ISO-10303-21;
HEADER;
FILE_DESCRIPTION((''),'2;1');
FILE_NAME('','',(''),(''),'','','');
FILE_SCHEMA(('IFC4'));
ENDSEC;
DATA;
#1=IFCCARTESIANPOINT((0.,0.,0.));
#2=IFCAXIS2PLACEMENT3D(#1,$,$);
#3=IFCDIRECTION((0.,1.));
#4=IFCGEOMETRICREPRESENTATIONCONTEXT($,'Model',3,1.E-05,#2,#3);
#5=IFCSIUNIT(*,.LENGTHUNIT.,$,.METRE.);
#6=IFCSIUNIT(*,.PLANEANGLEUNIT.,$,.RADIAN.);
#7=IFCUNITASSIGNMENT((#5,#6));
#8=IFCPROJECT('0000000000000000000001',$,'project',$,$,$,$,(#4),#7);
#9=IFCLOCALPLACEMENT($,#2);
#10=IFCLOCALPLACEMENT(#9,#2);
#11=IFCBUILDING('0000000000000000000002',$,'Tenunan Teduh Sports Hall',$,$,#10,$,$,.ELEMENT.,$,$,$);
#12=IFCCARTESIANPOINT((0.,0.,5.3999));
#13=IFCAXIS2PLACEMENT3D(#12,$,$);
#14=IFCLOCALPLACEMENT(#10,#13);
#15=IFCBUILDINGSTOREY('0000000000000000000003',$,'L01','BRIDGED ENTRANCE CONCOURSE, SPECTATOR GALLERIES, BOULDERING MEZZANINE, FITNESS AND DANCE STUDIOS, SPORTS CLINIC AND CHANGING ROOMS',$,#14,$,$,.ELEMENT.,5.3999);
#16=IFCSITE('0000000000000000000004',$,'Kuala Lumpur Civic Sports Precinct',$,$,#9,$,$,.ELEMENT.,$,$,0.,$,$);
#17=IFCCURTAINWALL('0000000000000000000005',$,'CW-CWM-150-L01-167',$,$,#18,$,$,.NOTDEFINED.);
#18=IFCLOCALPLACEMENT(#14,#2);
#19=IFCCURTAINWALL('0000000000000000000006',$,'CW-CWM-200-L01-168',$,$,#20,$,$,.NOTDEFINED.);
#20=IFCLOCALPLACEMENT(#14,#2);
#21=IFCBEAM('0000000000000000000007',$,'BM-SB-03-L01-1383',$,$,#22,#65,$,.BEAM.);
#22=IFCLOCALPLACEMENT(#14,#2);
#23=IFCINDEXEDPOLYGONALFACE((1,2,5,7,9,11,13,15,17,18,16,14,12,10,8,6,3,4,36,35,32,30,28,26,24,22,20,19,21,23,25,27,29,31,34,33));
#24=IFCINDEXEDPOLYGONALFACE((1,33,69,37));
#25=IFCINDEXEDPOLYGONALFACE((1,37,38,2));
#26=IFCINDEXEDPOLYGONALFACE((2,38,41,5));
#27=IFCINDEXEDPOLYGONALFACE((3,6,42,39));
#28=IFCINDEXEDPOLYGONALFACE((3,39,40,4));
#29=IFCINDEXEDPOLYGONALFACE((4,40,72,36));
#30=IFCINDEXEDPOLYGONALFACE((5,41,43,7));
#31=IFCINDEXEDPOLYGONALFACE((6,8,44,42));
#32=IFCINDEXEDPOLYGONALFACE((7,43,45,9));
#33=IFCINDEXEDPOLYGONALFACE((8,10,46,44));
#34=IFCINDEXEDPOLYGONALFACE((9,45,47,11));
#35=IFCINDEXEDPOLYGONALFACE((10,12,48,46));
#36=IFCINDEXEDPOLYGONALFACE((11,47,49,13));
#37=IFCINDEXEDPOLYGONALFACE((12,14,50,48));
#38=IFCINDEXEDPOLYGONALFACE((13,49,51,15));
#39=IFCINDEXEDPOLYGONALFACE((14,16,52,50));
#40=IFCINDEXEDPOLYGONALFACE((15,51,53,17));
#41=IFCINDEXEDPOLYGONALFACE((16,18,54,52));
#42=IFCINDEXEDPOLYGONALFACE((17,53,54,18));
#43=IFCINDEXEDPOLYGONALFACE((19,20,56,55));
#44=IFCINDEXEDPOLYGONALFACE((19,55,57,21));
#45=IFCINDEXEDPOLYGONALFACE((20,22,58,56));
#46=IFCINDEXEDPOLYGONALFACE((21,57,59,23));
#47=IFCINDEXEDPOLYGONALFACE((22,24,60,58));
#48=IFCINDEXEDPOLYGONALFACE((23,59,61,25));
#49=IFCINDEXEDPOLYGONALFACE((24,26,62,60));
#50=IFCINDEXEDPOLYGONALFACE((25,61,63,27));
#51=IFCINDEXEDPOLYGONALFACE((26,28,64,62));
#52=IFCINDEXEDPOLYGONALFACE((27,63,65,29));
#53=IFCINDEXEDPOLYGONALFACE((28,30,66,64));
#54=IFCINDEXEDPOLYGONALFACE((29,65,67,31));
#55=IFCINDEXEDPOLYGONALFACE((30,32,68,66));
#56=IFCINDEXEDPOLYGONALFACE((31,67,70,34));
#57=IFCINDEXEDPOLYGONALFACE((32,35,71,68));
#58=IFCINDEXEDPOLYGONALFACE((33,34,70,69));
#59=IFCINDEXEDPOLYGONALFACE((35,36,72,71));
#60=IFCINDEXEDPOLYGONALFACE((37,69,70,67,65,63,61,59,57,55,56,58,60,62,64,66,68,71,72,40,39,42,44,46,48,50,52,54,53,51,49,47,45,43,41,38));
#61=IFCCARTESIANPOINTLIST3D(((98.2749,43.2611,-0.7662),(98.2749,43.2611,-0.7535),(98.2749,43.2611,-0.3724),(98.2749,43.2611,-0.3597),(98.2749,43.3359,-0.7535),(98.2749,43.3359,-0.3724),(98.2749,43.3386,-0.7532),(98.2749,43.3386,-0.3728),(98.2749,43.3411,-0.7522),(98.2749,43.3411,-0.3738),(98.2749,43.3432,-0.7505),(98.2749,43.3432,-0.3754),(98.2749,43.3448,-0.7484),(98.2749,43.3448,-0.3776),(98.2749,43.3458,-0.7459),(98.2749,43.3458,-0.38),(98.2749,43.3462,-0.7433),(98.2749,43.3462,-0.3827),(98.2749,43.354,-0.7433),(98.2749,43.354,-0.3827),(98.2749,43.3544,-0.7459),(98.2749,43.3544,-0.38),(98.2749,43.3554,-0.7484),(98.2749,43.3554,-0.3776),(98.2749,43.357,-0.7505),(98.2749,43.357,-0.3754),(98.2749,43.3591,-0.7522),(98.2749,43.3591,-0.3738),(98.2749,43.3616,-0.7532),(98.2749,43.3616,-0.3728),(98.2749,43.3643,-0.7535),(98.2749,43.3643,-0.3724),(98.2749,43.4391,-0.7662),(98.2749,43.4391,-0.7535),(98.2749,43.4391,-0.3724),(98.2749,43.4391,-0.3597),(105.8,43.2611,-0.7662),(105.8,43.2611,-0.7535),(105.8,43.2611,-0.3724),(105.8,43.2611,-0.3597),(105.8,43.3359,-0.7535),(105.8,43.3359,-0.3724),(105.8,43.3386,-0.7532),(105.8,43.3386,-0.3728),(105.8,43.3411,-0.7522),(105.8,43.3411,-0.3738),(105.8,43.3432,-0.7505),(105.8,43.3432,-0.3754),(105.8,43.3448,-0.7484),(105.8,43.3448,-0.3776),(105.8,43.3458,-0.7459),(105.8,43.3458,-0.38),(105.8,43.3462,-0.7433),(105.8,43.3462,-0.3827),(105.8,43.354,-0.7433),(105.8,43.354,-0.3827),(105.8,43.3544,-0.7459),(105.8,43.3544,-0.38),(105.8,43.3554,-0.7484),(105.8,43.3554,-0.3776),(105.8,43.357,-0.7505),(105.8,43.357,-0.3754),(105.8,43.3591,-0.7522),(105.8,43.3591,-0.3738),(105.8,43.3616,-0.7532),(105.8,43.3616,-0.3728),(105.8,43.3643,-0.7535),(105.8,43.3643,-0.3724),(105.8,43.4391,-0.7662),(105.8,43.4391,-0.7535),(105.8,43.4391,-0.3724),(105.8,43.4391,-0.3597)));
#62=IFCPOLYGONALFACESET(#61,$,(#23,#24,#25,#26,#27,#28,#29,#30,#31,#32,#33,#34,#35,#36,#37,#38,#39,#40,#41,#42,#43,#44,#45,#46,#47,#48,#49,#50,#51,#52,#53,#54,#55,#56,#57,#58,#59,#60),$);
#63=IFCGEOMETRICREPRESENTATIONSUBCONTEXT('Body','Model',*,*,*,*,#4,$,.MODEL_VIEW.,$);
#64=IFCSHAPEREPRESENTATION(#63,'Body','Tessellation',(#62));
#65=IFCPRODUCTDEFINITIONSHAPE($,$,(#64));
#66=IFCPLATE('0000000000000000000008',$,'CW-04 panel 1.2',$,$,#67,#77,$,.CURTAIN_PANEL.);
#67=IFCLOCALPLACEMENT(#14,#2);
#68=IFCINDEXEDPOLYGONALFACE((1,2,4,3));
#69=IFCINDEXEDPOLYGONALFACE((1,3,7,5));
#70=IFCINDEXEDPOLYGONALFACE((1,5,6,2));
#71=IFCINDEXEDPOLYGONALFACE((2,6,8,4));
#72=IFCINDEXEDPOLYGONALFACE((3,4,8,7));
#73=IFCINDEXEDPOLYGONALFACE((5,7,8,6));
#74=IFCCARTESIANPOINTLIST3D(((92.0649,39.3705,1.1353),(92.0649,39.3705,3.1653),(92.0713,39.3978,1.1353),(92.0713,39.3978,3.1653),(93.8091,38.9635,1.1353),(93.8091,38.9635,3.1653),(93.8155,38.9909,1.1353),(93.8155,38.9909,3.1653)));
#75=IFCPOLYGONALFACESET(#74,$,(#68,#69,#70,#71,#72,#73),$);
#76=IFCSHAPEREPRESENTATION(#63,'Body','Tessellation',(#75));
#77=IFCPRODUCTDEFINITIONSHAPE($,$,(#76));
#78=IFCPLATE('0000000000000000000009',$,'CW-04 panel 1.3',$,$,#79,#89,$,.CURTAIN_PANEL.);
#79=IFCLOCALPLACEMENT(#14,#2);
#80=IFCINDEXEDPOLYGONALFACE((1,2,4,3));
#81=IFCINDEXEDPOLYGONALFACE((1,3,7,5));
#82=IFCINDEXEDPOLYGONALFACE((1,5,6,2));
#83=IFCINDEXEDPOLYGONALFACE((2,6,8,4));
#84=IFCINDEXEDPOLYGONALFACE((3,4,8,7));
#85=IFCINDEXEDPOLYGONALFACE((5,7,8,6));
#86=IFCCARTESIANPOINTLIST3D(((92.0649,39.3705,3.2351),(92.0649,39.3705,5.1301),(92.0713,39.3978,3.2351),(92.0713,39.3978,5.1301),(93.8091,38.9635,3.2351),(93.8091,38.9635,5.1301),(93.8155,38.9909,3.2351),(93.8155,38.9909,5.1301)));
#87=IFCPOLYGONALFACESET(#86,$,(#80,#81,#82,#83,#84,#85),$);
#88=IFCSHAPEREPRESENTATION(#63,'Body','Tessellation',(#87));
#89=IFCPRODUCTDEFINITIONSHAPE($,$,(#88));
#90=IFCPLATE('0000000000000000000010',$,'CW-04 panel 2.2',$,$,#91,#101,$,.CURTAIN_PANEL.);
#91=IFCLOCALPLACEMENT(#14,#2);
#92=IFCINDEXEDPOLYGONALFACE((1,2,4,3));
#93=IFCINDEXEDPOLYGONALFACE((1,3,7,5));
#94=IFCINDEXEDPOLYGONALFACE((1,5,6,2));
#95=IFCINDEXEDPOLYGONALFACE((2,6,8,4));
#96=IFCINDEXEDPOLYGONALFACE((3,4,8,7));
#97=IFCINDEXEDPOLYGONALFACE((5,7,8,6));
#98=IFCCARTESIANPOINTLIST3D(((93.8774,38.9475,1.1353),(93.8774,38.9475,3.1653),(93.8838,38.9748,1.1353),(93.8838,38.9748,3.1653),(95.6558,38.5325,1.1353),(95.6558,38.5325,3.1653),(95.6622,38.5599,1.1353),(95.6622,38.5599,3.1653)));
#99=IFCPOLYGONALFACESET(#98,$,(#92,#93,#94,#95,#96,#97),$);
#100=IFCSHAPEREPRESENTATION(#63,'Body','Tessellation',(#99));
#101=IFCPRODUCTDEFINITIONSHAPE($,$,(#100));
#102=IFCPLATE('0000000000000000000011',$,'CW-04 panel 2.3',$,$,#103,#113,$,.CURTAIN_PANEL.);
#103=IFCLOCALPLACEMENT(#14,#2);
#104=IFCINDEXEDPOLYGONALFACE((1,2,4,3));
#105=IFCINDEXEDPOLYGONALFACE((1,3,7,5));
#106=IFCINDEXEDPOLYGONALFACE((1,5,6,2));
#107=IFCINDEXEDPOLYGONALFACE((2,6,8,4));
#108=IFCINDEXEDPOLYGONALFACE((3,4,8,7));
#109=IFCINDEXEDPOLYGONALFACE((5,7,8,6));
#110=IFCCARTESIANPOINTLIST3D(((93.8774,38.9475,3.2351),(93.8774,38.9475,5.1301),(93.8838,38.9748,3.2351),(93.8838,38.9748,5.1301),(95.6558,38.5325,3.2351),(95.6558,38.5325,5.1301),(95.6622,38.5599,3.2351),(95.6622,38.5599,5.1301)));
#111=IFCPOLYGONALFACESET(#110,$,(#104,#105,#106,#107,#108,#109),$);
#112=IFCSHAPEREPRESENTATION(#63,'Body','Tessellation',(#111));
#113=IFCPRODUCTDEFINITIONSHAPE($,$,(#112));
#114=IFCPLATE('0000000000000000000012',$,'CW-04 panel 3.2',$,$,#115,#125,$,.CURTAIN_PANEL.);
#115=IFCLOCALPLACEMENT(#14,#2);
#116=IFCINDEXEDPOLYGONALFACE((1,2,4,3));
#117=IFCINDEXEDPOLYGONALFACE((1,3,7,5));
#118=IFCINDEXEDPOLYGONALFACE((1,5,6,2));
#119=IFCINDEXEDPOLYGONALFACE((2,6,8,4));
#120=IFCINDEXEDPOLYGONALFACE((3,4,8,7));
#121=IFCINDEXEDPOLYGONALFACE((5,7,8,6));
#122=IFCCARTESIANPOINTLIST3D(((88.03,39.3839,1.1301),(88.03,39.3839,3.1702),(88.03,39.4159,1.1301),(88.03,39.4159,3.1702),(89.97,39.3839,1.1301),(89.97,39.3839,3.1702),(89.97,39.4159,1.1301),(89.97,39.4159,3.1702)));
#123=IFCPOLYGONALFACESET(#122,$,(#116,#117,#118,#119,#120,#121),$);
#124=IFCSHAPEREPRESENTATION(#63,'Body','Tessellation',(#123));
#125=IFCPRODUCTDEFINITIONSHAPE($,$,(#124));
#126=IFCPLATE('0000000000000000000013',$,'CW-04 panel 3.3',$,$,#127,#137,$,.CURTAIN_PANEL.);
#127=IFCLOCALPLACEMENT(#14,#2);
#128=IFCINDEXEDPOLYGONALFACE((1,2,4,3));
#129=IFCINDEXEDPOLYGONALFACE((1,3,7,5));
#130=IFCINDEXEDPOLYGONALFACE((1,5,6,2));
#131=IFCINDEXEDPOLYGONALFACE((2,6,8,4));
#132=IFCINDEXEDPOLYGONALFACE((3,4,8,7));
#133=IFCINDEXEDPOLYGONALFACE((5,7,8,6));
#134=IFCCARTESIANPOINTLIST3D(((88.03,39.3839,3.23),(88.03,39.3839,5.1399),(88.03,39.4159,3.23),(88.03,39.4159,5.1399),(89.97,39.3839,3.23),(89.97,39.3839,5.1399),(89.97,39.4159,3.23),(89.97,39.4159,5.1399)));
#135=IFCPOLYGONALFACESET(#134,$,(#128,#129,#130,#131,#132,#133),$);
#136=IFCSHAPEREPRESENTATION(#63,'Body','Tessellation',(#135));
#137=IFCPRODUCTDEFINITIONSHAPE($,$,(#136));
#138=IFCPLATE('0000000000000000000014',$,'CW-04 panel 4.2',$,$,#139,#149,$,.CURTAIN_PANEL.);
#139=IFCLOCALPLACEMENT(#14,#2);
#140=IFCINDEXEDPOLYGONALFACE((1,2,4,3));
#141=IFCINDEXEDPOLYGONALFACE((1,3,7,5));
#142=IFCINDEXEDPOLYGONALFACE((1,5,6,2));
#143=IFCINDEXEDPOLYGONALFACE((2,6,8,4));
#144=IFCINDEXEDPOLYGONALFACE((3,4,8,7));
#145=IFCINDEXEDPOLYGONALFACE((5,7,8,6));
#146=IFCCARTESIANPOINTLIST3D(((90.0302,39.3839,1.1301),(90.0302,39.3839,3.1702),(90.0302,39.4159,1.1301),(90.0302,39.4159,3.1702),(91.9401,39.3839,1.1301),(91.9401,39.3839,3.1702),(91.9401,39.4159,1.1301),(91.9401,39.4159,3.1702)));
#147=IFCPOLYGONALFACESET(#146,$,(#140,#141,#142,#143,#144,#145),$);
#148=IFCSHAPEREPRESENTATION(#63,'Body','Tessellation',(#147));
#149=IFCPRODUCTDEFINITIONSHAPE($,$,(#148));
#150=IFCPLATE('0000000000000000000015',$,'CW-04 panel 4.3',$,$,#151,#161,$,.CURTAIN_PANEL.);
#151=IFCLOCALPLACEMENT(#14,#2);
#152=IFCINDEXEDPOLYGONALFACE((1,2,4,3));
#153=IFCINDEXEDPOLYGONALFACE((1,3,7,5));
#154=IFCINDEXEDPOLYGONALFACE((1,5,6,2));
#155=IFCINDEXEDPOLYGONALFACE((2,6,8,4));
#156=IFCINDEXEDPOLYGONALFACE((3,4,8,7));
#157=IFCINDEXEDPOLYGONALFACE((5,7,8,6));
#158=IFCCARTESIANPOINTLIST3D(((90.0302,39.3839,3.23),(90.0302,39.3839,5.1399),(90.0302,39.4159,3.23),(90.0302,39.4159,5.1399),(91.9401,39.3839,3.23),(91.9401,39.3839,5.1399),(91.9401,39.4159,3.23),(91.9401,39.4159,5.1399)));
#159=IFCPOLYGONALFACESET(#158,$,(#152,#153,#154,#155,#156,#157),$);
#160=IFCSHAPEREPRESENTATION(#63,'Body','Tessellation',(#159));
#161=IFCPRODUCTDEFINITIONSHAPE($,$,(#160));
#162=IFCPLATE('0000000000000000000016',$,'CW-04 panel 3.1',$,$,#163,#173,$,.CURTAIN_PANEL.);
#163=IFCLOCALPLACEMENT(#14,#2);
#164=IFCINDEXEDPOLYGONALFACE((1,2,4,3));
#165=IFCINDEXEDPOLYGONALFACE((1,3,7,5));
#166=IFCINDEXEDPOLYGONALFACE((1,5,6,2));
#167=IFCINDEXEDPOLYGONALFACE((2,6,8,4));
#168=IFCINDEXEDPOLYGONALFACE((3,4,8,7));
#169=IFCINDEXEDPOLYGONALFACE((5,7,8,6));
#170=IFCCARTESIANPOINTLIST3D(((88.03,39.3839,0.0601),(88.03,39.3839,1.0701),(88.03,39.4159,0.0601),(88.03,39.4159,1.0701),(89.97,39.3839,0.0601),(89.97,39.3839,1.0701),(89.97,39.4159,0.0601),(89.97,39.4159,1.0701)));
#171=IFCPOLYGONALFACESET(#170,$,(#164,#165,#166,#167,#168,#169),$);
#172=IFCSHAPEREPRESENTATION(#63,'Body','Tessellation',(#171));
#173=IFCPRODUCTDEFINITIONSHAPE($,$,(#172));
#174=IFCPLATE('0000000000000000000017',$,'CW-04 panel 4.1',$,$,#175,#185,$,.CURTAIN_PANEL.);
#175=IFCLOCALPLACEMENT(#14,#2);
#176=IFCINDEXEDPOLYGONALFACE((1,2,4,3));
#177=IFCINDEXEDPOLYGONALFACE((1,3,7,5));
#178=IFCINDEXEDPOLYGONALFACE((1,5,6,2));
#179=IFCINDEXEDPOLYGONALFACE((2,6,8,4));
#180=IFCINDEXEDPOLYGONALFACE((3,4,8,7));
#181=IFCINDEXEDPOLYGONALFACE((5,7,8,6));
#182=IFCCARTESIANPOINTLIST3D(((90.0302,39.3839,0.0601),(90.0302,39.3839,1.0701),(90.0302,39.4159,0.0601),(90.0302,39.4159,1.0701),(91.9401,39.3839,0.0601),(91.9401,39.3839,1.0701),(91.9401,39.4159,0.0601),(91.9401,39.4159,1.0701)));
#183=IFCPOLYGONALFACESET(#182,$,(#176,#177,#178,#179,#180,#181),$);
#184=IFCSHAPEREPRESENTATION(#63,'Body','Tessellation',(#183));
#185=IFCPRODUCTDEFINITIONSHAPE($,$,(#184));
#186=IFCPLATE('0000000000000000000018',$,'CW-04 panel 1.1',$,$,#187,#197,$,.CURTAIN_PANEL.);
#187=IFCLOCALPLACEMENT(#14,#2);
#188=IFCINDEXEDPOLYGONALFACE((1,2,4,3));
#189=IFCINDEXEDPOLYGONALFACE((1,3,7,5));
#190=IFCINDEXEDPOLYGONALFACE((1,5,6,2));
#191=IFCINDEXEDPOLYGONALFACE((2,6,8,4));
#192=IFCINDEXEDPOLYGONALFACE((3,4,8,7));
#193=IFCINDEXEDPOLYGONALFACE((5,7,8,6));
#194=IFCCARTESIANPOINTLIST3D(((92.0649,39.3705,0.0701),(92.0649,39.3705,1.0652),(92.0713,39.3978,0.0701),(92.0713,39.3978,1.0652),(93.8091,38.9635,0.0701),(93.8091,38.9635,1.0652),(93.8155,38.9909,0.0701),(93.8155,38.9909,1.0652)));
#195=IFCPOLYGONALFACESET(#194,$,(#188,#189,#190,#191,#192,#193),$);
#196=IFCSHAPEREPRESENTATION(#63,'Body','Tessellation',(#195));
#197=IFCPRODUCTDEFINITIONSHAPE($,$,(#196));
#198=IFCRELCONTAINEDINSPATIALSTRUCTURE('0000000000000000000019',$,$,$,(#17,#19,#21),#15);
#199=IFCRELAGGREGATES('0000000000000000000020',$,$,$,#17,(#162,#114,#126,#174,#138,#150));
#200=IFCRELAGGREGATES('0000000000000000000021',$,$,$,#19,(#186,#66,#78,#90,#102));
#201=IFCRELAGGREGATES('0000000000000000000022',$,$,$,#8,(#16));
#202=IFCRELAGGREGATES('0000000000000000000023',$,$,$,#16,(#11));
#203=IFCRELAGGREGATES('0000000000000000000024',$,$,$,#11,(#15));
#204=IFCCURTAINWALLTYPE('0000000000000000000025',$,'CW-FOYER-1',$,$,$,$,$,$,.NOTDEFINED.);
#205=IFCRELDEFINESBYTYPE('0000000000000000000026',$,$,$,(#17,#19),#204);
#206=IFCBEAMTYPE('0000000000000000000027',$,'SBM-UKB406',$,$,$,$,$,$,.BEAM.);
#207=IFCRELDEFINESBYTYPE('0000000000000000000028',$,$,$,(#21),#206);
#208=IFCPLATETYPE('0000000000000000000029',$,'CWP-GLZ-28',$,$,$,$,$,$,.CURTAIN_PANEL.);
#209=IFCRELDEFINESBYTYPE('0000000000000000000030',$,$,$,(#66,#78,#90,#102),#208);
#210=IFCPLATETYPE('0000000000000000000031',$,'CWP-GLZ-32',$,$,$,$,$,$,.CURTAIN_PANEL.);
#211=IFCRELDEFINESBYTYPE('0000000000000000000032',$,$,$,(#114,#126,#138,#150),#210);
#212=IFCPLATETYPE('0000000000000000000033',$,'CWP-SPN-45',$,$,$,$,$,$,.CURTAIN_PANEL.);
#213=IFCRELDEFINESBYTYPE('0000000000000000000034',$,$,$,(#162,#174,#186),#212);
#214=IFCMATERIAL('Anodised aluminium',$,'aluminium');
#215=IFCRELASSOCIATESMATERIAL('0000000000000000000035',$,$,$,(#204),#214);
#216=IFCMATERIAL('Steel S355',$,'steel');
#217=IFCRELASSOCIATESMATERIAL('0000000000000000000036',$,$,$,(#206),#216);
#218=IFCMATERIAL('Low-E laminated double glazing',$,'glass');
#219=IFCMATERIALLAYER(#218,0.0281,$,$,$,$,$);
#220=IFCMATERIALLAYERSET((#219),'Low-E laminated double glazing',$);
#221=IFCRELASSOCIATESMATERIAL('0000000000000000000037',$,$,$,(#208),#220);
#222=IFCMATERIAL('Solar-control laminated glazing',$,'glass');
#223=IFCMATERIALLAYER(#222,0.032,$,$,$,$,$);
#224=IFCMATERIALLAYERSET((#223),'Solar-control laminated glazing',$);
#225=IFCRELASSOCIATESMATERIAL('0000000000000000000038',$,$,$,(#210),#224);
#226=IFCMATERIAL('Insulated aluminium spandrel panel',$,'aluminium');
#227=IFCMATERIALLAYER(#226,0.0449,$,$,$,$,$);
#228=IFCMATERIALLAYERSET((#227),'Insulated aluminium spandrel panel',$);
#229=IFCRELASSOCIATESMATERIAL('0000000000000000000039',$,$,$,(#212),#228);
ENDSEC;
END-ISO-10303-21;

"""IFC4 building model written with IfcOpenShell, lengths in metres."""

from ifc_helpers import new_model, si_unit, direction, frame, origin, origin_2d, place, context, subcontext, project, spatial, rectangle, i_section, extrude, material, layer, layer_set, material_profile, profile_set, type_object, element, aggregate, save


model = new_model("IFC4")

# Units and contexts
model_context = context("Model", 3, precision=1e-05, world=origin(), true_north=direction((0.0, 1.0)))
body_context = subcontext(model_context, "Body", "Model", "MODEL_VIEW")
ifc_project = project(units=[si_unit("LENGTHUNIT", "METRE"), si_unit("PLANEANGLEUNIT", "RADIAN")], contexts=[model_context])

# Site, building, storey
site_placement = place(None, origin())
site = spatial("IfcSite", under=ifc_project, at=site_placement, Name="Kuala Lumpur Civic Sports Precinct", CompositionType="ELEMENT", RefElevation=0.0)
building_placement = place(site_placement, origin())
building = spatial("IfcBuilding", under=site, at=building_placement, Name="Tenunan Teduh Sports Hall", CompositionType="ELEMENT")
storey_placement = place(building_placement, frame((0.0, 0.0, 5.3999)))
storey = spatial("IfcBuildingStorey", under=building, at=storey_placement, Name="L01", Description="BRIDGED ENTRANCE CONCOURSE, SPECTATOR GALLERIES, BOULDERING MEZZANINE, FITNESS AND DANCE STUDIOS, SPORTS CLINIC AND CHANGING ROOMS", CompositionType="ELEMENT", Elevation=5.3999)

# Curtain walls
ifc_material_1 = material(Name="Anodised aluminium", Category="aluminium")
curtain_wall_type = type_object("IfcCurtainWallType", Name="CW-FOYER-1", PredefinedType="NOTDEFINED", material=ifc_material_1)
curtain_wall_1_placement = place(storey_placement, origin())
curtain_wall_1 = element("IfcCurtainWall", 1, at=curtain_wall_1_placement, inside=storey, type_object=curtain_wall_type, Name="CW-CWM-150-L01-167", PredefinedType="NOTDEFINED")
curtain_wall_2_placement = place(storey_placement, origin())
curtain_wall_2 = element("IfcCurtainWall", 2, at=curtain_wall_2_placement, inside=storey, type_object=curtain_wall_type, Name="CW-CWM-200-L01-168", PredefinedType="NOTDEFINED")

# Beam
ifc_material_2 = material(Name="Steel S355", Category="steel")
ifc_material_profile_1 = material_profile(ifc_material_2, i_section(OverallWidth=0.178, OverallDepth=0.4065, WebThickness=0.0078, FlangeThickness=0.0127, FilletRadius=0.0103, at=origin_2d()), Name="UKB 406x178x60")
ifc_profile_set_1 = profile_set([ifc_material_profile_1], Name="Steel S355")
beam_type_1 = type_object("IfcBeamType", Name="SBM-UKB406", PredefinedType="BEAM", material=ifc_profile_set_1)
beam_1_placement = place(storey_placement, frame((98.2749, 43.3501, -0.563), z_axis=(1.0, 0.0, 0.0), x_axis=(0.0, 1.0, 0.0)))
element("IfcBeam", 3, at=beam_1_placement, inside=storey, type_object=beam_type_1, Name="BM-SB-03-L01-1383", PredefinedType="BEAM", context=body_context, shape_type="SweptSolid", body=[
    extrude(i_section(OverallWidth=0.178, OverallDepth=0.4065, WebThickness=0.0078, FlangeThickness=0.0127, FilletRadius=0.0103, at=origin_2d()), origin(), (0.0, 0.0, 1.0), 7.5251),
])

# Plates
ifc_material_3 = material(Name="Low-E laminated double glazing", Category="glass")
ifc_layer_1 = layer(ifc_material_3, 0.0281)
ifc_layer_set_1 = layer_set([ifc_layer_1], Name="Low-E laminated double glazing")
plate_type_1 = type_object("IfcPlateType", Name="CWP-GLZ-28", PredefinedType="CURTAIN_PANEL", material=ifc_layer_set_1)
plate_1_placement = place(storey_placement, frame((92.9402, 39.1807, 1.1353), z_axis=(0.0, 0.0, 1.0), x_axis=(0.973842, -0.227225, 0.0)))
plate_1 = element("IfcPlate", 4, at=plate_1_placement, type_object=plate_type_1, Name="CW-04 panel 1.2", PredefinedType="CURTAIN_PANEL", context=body_context, shape_type="SweptSolid", body=[
    extrude(rectangle(XDim=1.791, YDim=0.0281, at=origin_2d()), origin(), (0.0, 0.0, 1.0), 2.03),
])
plate_2_placement = place(storey_placement, frame((92.9402, 39.1807, 3.2351), z_axis=(0.0, 0.0, 1.0), x_axis=(0.973842, -0.227225, 0.0)))
plate_2 = element("IfcPlate", 5, at=plate_2_placement, type_object=plate_type_1, Name="CW-04 panel 1.3", PredefinedType="CURTAIN_PANEL", context=body_context, shape_type="SweptSolid", body=[
    extrude(rectangle(XDim=1.791, YDim=0.0281, at=origin_2d()), origin(), (0.0, 0.0, 1.0), 1.895),
])
plate_3_placement = place(storey_placement, frame((94.7698, 38.7537, 1.1353), z_axis=(0.0, 0.0, 1.0), x_axis=(0.973842, -0.227225, 0.0)))
plate_3 = element("IfcPlate", 6, at=plate_3_placement, type_object=plate_type_1, Name="CW-04 panel 2.2", PredefinedType="CURTAIN_PANEL", context=body_context, shape_type="SweptSolid", body=[
    extrude(rectangle(XDim=1.8262, YDim=0.0281, at=origin_2d()), origin(), (0.0, 0.0, 1.0), 2.03),
])
plate_4_placement = place(storey_placement, frame((94.7698, 38.7537, 3.2351), z_axis=(0.0, 0.0, 1.0), x_axis=(0.973842, -0.227225, 0.0)))
plate_4 = element("IfcPlate", 7, at=plate_4_placement, type_object=plate_type_1, Name="CW-04 panel 2.3", PredefinedType="CURTAIN_PANEL", context=body_context, shape_type="SweptSolid", body=[
    extrude(rectangle(XDim=1.8262, YDim=0.0281, at=origin_2d()), origin(), (0.0, 0.0, 1.0), 1.895),
])
ifc_material_4 = material(Name="Solar-control laminated glazing", Category="glass")
ifc_layer_2 = layer(ifc_material_4, 0.032)
ifc_layer_set_2 = layer_set([ifc_layer_2], Name="Solar-control laminated glazing")
plate_type_2 = type_object("IfcPlateType", Name="CWP-GLZ-32", PredefinedType="CURTAIN_PANEL", material=ifc_layer_set_2)
plate_5_placement = place(storey_placement, frame((89.0, 39.3999, 1.1301), z_axis=(0.0, 0.0, 1.0), x_axis=(1.0, 0.0, 0.0)))
plate_5 = element("IfcPlate", 8, at=plate_5_placement, type_object=plate_type_2, Name="CW-04 panel 3.2", PredefinedType="CURTAIN_PANEL", context=body_context, shape_type="SweptSolid", body=[
    extrude(rectangle(XDim=1.9399, YDim=0.032, at=origin_2d()), origin(), (0.0, 0.0, 1.0), 2.04),
])
plate_6_placement = place(storey_placement, frame((89.0, 39.3999, 3.23), z_axis=(0.0, 0.0, 1.0), x_axis=(1.0, 0.0, 0.0)))
plate_6 = element("IfcPlate", 9, at=plate_6_placement, type_object=plate_type_2, Name="CW-04 panel 3.3", PredefinedType="CURTAIN_PANEL", context=body_context, shape_type="SweptSolid", body=[
    extrude(rectangle(XDim=1.9399, YDim=0.032, at=origin_2d()), origin(), (0.0, 0.0, 1.0), 1.9099),
])
plate_7_placement = place(storey_placement, frame((90.9851, 39.3999, 1.1301), z_axis=(0.0, 0.0, 1.0), x_axis=(1.0, 0.0, 0.0)))
plate_7 = element("IfcPlate", 10, at=plate_7_placement, type_object=plate_type_2, Name="CW-04 panel 4.2", PredefinedType="CURTAIN_PANEL", context=body_context, shape_type="SweptSolid", body=[
    extrude(rectangle(XDim=1.9099, YDim=0.032, at=origin_2d()), origin(), (0.0, 0.0, 1.0), 2.04),
])
plate_8_placement = place(storey_placement, frame((90.9851, 39.3999, 3.23), z_axis=(0.0, 0.0, 1.0), x_axis=(1.0, 0.0, 0.0)))
plate_8 = element("IfcPlate", 11, at=plate_8_placement, type_object=plate_type_2, Name="CW-04 panel 4.3", PredefinedType="CURTAIN_PANEL", context=body_context, shape_type="SweptSolid", body=[
    extrude(rectangle(XDim=1.9099, YDim=0.032, at=origin_2d()), origin(), (0.0, 0.0, 1.0), 1.9099),
])
ifc_material_5 = material(Name="Insulated aluminium spandrel panel", Category="aluminium")
ifc_layer_3 = layer(ifc_material_5, 0.0449)
ifc_layer_set_3 = layer_set([ifc_layer_3], Name="Insulated aluminium spandrel panel")
plate_type_3 = type_object("IfcPlateType", Name="CWP-SPN-45", PredefinedType="CURTAIN_PANEL", material=ifc_layer_set_3)
plate_9_placement = place(storey_placement, frame((89.0, 39.3999, 0.0601), z_axis=(0.0, 0.0, 1.0), x_axis=(1.0, 0.0, 0.0)))
plate_9 = element("IfcPlate", 12, at=plate_9_placement, type_object=plate_type_3, Name="CW-04 panel 3.1", PredefinedType="CURTAIN_PANEL", context=body_context, shape_type="SweptSolid", body=[
    extrude(rectangle(XDim=1.9399, YDim=0.032, at=origin_2d()), origin(), (0.0, 0.0, 1.0), 1.01),
])
plate_10_placement = place(storey_placement, frame((90.9851, 39.3999, 0.0601), z_axis=(0.0, 0.0, 1.0), x_axis=(1.0, 0.0, 0.0)))
plate_10 = element("IfcPlate", 13, at=plate_10_placement, type_object=plate_type_3, Name="CW-04 panel 4.1", PredefinedType="CURTAIN_PANEL", context=body_context, shape_type="SweptSolid", body=[
    extrude(rectangle(XDim=1.9099, YDim=0.032, at=origin_2d()), origin(), (0.0, 0.0, 1.0), 1.01),
])
aggregate(curtain_wall_1, [plate_9, plate_5, plate_6, plate_10, plate_7, plate_8])
plate_11_placement = place(storey_placement, frame((92.9402, 39.1807, 0.0701), z_axis=(0.0, 0.0, 1.0), x_axis=(0.973842, -0.227225, 0.0)))
plate_11 = element("IfcPlate", 14, at=plate_11_placement, type_object=plate_type_3, Name="CW-04 panel 1.1", PredefinedType="CURTAIN_PANEL", context=body_context, shape_type="SweptSolid", body=[
    extrude(rectangle(XDim=1.791, YDim=0.0281, at=origin_2d()), origin(), (0.0, 0.0, 1.0), 0.9951),
])
aggregate(curtain_wall_2, [plate_11, plate_1, plate_2, plate_3, plate_4])

save(model, "model.ifc")
